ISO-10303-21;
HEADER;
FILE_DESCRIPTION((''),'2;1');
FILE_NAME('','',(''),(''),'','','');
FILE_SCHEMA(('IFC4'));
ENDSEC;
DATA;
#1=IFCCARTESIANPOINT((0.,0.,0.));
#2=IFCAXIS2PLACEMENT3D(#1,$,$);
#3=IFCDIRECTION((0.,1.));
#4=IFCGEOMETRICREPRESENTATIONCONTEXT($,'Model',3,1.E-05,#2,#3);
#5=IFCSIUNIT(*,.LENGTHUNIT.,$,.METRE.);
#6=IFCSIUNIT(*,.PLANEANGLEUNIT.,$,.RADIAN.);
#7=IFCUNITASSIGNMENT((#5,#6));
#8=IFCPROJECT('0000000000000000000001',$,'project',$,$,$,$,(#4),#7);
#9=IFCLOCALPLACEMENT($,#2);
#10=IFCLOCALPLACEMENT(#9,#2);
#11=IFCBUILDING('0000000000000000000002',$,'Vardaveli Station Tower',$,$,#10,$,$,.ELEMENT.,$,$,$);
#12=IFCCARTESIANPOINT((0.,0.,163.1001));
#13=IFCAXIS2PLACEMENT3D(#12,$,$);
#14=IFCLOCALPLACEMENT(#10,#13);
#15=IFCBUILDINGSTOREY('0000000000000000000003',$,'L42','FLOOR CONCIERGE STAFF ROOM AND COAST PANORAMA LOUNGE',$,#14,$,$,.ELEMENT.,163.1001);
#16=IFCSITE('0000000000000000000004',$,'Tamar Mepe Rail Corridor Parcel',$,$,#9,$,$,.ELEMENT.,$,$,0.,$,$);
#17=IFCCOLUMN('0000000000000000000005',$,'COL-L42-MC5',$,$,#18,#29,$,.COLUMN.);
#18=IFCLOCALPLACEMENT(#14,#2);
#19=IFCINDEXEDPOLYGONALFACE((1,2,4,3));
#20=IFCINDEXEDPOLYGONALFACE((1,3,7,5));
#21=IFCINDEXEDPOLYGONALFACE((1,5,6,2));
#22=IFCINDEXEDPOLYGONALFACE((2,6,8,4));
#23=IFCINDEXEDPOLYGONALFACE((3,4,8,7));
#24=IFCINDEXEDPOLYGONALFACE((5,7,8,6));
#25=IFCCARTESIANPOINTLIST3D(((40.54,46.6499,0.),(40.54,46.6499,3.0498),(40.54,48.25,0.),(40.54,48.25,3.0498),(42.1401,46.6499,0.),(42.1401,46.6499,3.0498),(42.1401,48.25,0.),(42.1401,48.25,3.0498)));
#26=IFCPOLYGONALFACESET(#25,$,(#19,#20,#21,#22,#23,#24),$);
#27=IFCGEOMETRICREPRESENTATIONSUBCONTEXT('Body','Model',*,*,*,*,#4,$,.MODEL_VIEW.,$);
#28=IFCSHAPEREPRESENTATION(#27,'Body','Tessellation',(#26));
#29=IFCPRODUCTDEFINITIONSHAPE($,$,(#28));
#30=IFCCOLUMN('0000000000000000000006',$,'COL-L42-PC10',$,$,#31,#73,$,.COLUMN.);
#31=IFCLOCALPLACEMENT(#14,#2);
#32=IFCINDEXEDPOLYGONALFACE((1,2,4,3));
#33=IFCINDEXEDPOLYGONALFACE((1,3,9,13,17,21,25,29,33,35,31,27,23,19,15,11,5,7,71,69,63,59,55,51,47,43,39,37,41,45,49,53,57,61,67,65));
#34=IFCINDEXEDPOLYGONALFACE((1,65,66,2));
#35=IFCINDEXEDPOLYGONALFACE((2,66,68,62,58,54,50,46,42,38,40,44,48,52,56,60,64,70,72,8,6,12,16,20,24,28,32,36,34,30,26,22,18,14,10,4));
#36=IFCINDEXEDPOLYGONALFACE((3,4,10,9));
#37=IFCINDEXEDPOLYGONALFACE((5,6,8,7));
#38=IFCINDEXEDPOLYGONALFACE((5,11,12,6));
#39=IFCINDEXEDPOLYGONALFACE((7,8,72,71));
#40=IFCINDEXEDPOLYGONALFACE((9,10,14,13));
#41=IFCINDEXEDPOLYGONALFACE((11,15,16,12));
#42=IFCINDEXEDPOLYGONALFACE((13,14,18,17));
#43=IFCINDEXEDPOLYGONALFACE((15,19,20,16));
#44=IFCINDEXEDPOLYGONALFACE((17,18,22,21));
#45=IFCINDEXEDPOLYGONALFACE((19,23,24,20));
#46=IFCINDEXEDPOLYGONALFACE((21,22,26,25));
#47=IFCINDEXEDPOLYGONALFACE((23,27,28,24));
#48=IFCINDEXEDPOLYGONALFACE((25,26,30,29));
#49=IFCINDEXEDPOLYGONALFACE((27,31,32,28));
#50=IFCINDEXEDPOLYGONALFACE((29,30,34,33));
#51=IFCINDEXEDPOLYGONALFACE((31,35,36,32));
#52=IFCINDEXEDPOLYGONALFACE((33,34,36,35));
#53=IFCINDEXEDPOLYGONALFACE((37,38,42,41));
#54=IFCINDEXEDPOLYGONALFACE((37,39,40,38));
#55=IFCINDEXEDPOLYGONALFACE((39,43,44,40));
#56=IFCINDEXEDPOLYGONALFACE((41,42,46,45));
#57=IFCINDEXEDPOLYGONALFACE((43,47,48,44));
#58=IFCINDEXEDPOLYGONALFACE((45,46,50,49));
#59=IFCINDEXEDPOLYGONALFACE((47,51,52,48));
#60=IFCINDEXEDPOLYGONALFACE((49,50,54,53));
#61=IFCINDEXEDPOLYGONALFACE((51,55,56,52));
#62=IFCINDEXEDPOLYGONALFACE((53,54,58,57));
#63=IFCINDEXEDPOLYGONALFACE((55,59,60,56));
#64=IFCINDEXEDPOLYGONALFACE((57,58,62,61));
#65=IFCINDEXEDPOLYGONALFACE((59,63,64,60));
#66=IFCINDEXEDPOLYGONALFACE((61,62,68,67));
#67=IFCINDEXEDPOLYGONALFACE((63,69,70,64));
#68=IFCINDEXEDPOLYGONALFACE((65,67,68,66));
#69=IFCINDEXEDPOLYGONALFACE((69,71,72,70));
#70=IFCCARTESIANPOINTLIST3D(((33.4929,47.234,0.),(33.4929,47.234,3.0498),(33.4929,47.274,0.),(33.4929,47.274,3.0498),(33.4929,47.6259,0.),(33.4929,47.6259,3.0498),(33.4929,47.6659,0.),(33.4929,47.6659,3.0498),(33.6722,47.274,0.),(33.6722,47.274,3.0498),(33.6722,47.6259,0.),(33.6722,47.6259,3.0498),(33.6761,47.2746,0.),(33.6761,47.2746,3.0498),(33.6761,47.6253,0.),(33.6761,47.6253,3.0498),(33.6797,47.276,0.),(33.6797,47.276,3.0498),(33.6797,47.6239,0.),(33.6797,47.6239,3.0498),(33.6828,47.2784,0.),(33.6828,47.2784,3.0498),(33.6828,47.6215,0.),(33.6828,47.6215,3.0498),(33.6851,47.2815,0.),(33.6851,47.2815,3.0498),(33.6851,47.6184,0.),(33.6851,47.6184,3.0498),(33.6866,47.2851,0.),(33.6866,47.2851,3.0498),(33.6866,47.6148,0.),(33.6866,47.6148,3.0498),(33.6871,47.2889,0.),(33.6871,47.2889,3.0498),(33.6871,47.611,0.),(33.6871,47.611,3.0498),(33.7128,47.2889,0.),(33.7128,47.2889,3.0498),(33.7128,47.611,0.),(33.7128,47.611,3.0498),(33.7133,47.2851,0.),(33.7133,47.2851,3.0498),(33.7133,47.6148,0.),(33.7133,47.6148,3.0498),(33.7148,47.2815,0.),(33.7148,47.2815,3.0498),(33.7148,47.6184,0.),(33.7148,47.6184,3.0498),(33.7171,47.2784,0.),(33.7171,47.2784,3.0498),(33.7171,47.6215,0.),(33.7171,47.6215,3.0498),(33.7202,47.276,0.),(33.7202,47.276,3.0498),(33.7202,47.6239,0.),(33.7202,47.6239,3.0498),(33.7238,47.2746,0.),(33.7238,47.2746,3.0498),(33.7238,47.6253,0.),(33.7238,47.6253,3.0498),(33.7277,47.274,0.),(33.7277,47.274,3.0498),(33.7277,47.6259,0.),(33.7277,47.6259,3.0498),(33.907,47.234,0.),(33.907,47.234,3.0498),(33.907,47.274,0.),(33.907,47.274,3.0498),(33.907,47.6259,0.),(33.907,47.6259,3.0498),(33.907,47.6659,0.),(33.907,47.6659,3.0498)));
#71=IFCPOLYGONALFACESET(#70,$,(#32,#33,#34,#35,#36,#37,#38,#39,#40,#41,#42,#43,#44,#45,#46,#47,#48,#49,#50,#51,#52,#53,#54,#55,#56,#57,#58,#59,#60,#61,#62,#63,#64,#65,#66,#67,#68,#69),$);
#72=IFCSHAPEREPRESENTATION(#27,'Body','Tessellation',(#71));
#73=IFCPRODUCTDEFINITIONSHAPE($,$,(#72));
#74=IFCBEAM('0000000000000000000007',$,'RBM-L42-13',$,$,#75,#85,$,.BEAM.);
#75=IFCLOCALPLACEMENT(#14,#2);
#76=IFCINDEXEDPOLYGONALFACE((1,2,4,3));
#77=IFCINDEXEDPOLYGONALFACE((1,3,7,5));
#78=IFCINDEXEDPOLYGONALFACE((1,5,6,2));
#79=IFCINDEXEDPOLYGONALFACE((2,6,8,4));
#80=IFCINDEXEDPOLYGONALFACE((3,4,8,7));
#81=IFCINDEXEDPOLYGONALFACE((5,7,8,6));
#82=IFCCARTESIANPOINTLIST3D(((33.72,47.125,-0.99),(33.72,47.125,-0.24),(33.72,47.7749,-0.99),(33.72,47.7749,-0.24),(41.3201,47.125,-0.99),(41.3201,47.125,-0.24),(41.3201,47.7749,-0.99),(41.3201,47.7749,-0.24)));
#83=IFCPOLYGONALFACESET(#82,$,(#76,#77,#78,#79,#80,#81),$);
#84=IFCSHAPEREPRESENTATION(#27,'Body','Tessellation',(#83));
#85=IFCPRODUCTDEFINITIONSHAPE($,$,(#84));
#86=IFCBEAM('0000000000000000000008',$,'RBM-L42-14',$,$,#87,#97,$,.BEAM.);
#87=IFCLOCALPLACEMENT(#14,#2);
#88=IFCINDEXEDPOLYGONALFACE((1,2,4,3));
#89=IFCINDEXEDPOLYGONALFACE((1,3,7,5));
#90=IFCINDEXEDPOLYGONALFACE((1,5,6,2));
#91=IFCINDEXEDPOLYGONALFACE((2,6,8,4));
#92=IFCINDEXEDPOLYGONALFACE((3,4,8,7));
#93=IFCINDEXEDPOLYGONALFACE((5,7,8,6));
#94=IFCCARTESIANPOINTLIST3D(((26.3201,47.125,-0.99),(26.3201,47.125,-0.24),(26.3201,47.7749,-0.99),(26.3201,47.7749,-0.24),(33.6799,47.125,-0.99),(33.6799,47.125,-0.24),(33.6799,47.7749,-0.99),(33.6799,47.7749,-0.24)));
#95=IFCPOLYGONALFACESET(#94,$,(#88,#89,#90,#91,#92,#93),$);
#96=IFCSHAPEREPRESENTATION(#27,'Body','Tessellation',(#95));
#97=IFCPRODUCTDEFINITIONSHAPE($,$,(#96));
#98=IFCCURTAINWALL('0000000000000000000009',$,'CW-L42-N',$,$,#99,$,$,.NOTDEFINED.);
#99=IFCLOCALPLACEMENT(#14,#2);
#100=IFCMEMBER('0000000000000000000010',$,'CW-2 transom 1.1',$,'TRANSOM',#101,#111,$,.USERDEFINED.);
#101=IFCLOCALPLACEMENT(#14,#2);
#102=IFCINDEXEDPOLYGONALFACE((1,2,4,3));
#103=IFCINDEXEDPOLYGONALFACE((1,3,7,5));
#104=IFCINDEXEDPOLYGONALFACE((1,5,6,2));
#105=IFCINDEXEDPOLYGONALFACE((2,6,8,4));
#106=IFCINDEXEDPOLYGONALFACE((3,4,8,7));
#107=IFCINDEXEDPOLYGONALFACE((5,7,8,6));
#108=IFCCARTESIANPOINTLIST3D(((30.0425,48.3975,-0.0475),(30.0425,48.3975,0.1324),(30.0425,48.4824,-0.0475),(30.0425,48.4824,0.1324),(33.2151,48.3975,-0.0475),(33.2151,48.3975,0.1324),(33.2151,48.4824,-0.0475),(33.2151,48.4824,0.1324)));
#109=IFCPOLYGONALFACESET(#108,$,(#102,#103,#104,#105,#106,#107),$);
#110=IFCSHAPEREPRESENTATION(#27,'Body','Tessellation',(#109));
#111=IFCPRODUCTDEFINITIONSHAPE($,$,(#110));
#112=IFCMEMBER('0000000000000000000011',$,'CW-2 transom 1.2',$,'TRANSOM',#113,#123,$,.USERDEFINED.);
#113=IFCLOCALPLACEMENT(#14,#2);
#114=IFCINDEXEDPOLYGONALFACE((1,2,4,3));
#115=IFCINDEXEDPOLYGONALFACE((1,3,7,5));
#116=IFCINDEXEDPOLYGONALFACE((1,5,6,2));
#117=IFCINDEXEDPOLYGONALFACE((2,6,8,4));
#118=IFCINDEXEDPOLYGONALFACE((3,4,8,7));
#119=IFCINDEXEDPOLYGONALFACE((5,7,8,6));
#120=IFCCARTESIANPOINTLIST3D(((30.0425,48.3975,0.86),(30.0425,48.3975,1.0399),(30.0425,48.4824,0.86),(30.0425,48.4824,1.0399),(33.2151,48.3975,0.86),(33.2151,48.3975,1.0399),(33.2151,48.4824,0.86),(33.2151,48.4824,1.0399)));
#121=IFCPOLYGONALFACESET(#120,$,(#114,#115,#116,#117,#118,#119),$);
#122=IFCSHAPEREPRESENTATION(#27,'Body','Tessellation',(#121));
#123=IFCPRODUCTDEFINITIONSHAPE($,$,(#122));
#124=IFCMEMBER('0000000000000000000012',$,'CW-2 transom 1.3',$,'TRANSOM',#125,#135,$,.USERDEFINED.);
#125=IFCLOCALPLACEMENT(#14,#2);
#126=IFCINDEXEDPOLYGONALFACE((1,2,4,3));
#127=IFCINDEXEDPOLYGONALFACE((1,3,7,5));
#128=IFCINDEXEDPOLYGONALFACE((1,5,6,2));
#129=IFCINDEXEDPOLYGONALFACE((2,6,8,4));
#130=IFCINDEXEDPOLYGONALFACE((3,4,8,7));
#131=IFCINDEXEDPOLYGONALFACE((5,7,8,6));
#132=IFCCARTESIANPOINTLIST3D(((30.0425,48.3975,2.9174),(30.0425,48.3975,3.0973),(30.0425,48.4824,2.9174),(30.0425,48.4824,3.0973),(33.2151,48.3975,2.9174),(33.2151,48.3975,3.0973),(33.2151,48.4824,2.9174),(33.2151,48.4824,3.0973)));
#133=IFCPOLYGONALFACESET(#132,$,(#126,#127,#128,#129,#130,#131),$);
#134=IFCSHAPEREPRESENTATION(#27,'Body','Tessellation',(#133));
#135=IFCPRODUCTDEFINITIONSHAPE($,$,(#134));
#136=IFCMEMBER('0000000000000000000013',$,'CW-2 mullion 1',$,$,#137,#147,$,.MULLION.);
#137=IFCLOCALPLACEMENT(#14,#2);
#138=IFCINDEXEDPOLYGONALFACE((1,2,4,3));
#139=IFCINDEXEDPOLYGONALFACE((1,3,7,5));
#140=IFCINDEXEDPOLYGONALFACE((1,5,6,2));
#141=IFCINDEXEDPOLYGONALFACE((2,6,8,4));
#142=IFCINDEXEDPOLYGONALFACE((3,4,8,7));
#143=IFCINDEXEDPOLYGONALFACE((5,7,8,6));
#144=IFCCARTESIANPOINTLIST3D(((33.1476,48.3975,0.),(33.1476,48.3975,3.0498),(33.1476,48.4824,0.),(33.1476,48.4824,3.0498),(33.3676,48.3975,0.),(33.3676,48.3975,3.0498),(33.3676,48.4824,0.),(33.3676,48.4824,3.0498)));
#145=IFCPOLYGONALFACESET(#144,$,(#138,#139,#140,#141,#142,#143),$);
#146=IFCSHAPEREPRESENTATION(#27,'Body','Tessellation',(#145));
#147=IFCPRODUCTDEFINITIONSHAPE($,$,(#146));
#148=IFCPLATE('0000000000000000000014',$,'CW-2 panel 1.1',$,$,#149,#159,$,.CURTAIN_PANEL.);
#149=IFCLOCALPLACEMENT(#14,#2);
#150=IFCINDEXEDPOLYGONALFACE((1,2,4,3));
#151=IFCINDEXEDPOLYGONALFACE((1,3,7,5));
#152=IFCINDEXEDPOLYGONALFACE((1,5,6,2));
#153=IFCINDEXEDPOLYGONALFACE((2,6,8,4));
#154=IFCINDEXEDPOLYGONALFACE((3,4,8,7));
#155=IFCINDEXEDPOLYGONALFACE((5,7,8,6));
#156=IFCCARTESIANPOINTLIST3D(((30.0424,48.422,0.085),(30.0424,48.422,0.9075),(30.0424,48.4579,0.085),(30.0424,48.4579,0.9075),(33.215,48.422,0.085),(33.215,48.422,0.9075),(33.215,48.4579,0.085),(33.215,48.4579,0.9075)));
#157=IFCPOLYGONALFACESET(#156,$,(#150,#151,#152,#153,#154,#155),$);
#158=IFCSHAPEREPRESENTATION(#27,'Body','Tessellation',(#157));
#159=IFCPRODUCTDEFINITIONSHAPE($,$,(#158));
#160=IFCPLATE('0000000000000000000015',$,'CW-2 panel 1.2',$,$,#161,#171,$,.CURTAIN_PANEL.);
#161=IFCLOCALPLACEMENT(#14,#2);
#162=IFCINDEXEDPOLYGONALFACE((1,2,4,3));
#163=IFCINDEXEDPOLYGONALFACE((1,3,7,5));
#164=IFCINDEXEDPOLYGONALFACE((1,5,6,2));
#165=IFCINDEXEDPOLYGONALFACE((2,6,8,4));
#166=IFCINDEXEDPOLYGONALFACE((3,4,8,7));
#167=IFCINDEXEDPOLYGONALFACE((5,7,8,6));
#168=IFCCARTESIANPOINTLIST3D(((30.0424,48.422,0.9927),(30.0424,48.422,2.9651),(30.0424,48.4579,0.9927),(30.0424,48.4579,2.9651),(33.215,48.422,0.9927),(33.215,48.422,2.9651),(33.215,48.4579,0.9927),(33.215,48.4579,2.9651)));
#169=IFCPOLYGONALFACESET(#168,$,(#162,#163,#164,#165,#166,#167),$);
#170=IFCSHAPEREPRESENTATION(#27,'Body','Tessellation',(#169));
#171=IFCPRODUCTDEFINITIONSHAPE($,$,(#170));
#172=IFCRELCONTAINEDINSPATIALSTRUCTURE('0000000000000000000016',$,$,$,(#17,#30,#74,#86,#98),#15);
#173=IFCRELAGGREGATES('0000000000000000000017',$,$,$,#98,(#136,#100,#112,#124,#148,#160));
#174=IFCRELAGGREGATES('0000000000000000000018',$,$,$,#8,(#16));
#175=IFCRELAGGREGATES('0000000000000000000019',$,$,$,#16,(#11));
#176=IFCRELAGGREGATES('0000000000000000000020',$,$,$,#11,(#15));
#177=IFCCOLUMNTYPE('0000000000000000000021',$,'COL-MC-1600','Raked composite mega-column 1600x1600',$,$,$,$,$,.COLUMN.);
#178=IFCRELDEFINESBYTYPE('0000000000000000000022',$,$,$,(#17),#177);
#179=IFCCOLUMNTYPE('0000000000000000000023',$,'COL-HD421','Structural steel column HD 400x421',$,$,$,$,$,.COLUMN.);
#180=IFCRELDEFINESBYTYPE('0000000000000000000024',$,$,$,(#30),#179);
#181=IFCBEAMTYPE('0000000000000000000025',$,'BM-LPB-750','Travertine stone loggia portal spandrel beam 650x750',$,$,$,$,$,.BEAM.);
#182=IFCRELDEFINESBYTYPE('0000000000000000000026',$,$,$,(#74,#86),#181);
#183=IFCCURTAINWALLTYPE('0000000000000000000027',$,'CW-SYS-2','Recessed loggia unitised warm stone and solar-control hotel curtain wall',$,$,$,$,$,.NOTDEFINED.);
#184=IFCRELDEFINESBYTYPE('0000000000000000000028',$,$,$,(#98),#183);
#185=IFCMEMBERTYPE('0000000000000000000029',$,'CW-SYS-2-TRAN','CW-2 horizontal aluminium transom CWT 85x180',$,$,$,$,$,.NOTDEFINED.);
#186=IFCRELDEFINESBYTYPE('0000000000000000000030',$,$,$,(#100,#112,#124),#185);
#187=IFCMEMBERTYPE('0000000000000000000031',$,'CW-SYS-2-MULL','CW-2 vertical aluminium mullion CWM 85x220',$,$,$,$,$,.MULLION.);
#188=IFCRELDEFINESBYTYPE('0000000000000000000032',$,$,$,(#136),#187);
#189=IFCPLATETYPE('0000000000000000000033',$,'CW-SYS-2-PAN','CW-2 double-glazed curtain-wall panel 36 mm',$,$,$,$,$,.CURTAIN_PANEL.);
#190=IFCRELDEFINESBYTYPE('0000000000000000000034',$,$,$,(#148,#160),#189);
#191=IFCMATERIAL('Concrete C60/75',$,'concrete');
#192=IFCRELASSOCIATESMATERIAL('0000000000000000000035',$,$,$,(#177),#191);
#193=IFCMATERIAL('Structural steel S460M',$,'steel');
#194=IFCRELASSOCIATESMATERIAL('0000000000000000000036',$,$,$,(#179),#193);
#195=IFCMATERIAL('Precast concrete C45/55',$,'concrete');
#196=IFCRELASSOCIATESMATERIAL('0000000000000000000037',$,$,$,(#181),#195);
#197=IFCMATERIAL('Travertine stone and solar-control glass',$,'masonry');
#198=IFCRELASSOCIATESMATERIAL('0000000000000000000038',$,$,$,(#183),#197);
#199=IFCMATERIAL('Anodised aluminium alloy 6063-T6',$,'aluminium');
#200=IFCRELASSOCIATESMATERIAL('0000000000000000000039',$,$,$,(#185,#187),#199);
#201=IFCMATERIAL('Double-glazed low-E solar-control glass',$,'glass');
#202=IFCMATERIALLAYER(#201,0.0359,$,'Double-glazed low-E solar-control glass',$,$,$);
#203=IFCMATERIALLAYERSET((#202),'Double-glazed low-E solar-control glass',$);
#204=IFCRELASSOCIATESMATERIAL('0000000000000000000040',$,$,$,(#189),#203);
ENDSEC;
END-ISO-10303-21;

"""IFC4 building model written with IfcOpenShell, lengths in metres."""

from ifc_helpers import new_model, si_unit, direction, frame, origin, origin_2d, place, context, subcontext, project, spatial, rectangle, i_section, extrude, source, transform, mapped, material, layer, layer_set, material_profile, profile_set, type_object, element, aggregate, save


model = new_model("IFC4")

# Units and contexts
model_context = context("Model", 3, precision=1e-05, world=origin(), true_north=direction((0.0, 1.0)))
body_context = subcontext(model_context, "Body", "Model", "MODEL_VIEW")
ifc_project = project(units=[si_unit("LENGTHUNIT", "METRE"), si_unit("PLANEANGLEUNIT", "RADIAN")], contexts=[model_context])

# Site, building, storey
site_placement = place(None, origin())
site = spatial("IfcSite", under=ifc_project, at=site_placement, Name="Tamar Mepe Rail Corridor Parcel", CompositionType="ELEMENT", RefElevation=0.0)
building_placement = place(site_placement, origin())
building = spatial("IfcBuilding", under=site, at=building_placement, Name="Vardaveli Station Tower", CompositionType="ELEMENT")
storey_placement = place(building_placement, frame((0.0, 0.0, 163.1001)))
storey = spatial("IfcBuildingStorey", under=building, at=storey_placement, Name="L42", Description="FLOOR CONCIERGE STAFF ROOM AND COAST PANORAMA LOUNGE", CompositionType="ELEMENT", Elevation=163.1001)

# Columns
ifc_material_1 = material(Name="Concrete C60/75", Category="concrete")
ifc_material_profile_1 = material_profile(ifc_material_1, rectangle(XDim=1.6001, YDim=1.6001, at=origin_2d()), Name="MC 1600x1600")
ifc_profile_set_1 = profile_set([ifc_material_profile_1], Name="Concrete C60/75")
column_type_1 = type_object("IfcColumnType", Name="COL-MC-1600", Description="Raked composite mega-column 1600x1600", PredefinedType="COLUMN", material=ifc_profile_set_1)
shared_shape_1 = source(origin(), body_context, "Body", "SweptSolid", [
    extrude(rectangle(XDim=1.6001, YDim=1.6001, at=origin_2d()), origin(), (0.0, 0.0, 1.0), 3.0498),
])
column_1_placement = place(storey_placement, frame((41.3401, 47.45, 0.0), z_axis=(0.0, 0.0, 1.0), x_axis=(1.0, 0.0, 0.0)))
element("IfcColumn", 1, at=column_1_placement, inside=storey, type_object=column_type_1, Name="COL-L42-MC5", PredefinedType="COLUMN", context=body_context, shape_type="MappedRepresentation", body=[
    mapped(shared_shape_1, transform((0.0, 0.0, 0.0), scale=1.0)),
])
ifc_material_2 = material(Name="Structural steel S460M", Category="steel")
ifc_material_profile_2 = material_profile(ifc_material_2, i_section(OverallWidth=0.4141, OverallDepth=0.4319, WebThickness=0.0256, FlangeThickness=0.04, FilletRadius=0.0149, at=origin_2d()), Name="HD 400x421")
ifc_profile_set_2 = profile_set([ifc_material_profile_2], Name="Structural steel S460M")
column_type_2 = type_object("IfcColumnType", Name="COL-HD421", Description="Structural steel column HD 400x421", PredefinedType="COLUMN", material=ifc_profile_set_2)
shared_shape_2 = source(origin(), body_context, "Body", "SweptSolid", [
    extrude(i_section(OverallWidth=0.4141, OverallDepth=0.4319, WebThickness=0.0256, FlangeThickness=0.04, FilletRadius=0.0149, at=origin_2d()), origin(), (0.0, 0.0, 1.0), 3.0498),
])
column_2_placement = place(storey_placement, frame((33.7, 47.45, 0.0), z_axis=(0.0, 0.0, 1.0), x_axis=(1.0, 0.0, 0.0)))
element("IfcColumn", 2, at=column_2_placement, inside=storey, type_object=column_type_2, Name="COL-L42-PC10", PredefinedType="COLUMN", context=body_context, shape_type="MappedRepresentation", body=[
    mapped(shared_shape_2, transform((0.0, 0.0, 0.0), scale=1.0)),
])

# Beams
ifc_material_3 = material(Name="Precast concrete C45/55", Category="concrete")
ifc_material_profile_3 = material_profile(ifc_material_3, rectangle(XDim=0.6499, YDim=0.75, at=origin_2d()), Name="LPB 650x750")
ifc_profile_set_3 = profile_set([ifc_material_profile_3], Name="Precast concrete C45/55")
beam_type = type_object("IfcBeamType", Name="BM-LPB-750", Description="Travertine stone loggia portal spandrel beam 650x750", PredefinedType="BEAM", material=ifc_profile_set_3)
shared_shape_3 = source(origin(), body_context, "Body", "SweptSolid", [
    extrude(rectangle(XDim=0.6499, YDim=0.75, at=origin_2d()), origin(), (0.0, 0.0, 1.0), 7.6001),
])
beam_1_placement = place(storey_placement, frame((41.3201, 47.45, -0.615), z_axis=(-1.0, 0.0, 0.0), x_axis=(0.0, -1.0, 0.0)))
element("IfcBeam", 3, at=beam_1_placement, inside=storey, type_object=beam_type, Name="RBM-L42-13", PredefinedType="BEAM", context=body_context, shape_type="MappedRepresentation", body=[
    mapped(shared_shape_3, transform((0.0, 0.0, 0.0), scale=1.0)),
])
shared_shape_4 = source(origin(), body_context, "Body", "SweptSolid", [
    extrude(rectangle(XDim=0.6499, YDim=0.75, at=origin_2d()), origin(), (0.0, 0.0, 1.0), 7.3599),
])
beam_2_placement = place(storey_placement, frame((33.6799, 47.45, -0.615), z_axis=(-1.0, 0.0, 0.0), x_axis=(0.0, -1.0, 0.0)))
element("IfcBeam", 4, at=beam_2_placement, inside=storey, type_object=beam_type, Name="RBM-L42-14", PredefinedType="BEAM", context=body_context, shape_type="MappedRepresentation", body=[
    mapped(shared_shape_4, transform((0.0, 0.0, 0.0), scale=1.0)),
])

# Curtain wall, members, plates
ifc_material_4 = material(Name="Travertine stone and solar-control glass", Category="masonry")
curtain_wall_type = type_object("IfcCurtainWallType", Name="CW-SYS-2", Description="Recessed loggia unitised warm stone and solar-control hotel curtain wall", PredefinedType="NOTDEFINED", material=ifc_material_4)
curtain_wall_placement = place(storey_placement, origin())
curtain_wall = element("IfcCurtainWall", 5, at=curtain_wall_placement, inside=storey, type_object=curtain_wall_type, Name="CW-L42-N", PredefinedType="NOTDEFINED")
ifc_material_5 = material(Name="Anodised aluminium alloy 6063-T6", Category="aluminium")
ifc_material_profile_4 = material_profile(ifc_material_5, rectangle(XDim=0.085, YDim=0.1799, at=origin_2d()), Name="CWT 85x180")
ifc_profile_set_4 = profile_set([ifc_material_profile_4], Name="Anodised aluminium alloy 6063-T6")
member_type_1 = type_object("IfcMemberType", Name="CW-SYS-2-TRAN", Description="CW-2 horizontal aluminium transom CWT 85x180", PredefinedType="NOTDEFINED", material=ifc_profile_set_4)
shared_shape_5 = source(origin(), body_context, "Body", "SweptSolid", [
    extrude(rectangle(XDim=0.085, YDim=0.1799, at=origin_2d()), origin(), (0.0, 0.0, 1.0), 3.1726),
])
member_1_placement = place(storey_placement, frame((33.2151, 48.4399, 0.0425), z_axis=(-1.0, 0.0, 0.0), x_axis=(0.0, -1.0, 0.0)))
member_1 = element("IfcMember", 6, at=member_1_placement, type_object=member_type_1, Name="CW-2 transom 1.1", ObjectType="TRANSOM", PredefinedType="USERDEFINED", context=body_context, shape_type="MappedRepresentation", body=[
    mapped(shared_shape_5, transform((0.0, 0.0, 0.0), scale=1.0)),
])
member_2_placement = place(storey_placement, frame((33.2151, 48.4399, 0.95), z_axis=(-1.0, 0.0, 0.0), x_axis=(0.0, -1.0, 0.0)))
member_2 = element("IfcMember", 7, at=member_2_placement, type_object=member_type_1, Name="CW-2 transom 1.2", ObjectType="TRANSOM", PredefinedType="USERDEFINED", context=body_context, shape_type="MappedRepresentation", body=[
    mapped(shared_shape_5, transform((0.0, 0.0, 0.0), scale=1.0)),
])
member_3_placement = place(storey_placement, frame((33.2151, 48.4399, 3.0073), z_axis=(-1.0, 0.0, 0.0), x_axis=(0.0, -1.0, 0.0)))
member_3 = element("IfcMember", 8, at=member_3_placement, type_object=member_type_1, Name="CW-2 transom 1.3", ObjectType="TRANSOM", PredefinedType="USERDEFINED", context=body_context, shape_type="MappedRepresentation", body=[
    mapped(shared_shape_5, transform((0.0, 0.0, 0.0), scale=1.0)),
])
ifc_material_profile_5 = material_profile(ifc_material_5, rectangle(XDim=0.085, YDim=0.22, at=origin_2d()), Name="CWM 85x220")
ifc_profile_set_5 = profile_set([ifc_material_profile_5], Name="Anodised aluminium alloy 6063-T6")
member_type_2 = type_object("IfcMemberType", Name="CW-SYS-2-MULL", Description="CW-2 vertical aluminium mullion CWM 85x220", PredefinedType="MULLION", material=ifc_profile_set_5)
shared_shape_6 = source(origin(), body_context, "Body", "SweptSolid", [
    extrude(rectangle(XDim=0.085, YDim=0.22, at=origin_2d()), origin(), (0.0, 0.0, 1.0), 3.0498),
])
member_4_placement = place(storey_placement, frame((33.2576, 48.4399, 0.0), z_axis=(0.0, 0.0, 1.0), x_axis=(0.0, -1.0, 0.0)))
member_4 = element("IfcMember", 9, at=member_4_placement, type_object=member_type_2, Name="CW-2 mullion 1", PredefinedType="MULLION", context=body_context, shape_type="MappedRepresentation", body=[
    mapped(shared_shape_6, transform((0.0, 0.0, 0.0), scale=1.0)),
])
ifc_material_6 = material(Name="Double-glazed low-E solar-control glass", Category="glass")
ifc_layer_1 = layer(ifc_material_6, 0.0359, Name="Double-glazed low-E solar-control glass")
ifc_layer_set_1 = layer_set([ifc_layer_1], Name="Double-glazed low-E solar-control glass")
plate_type = type_object("IfcPlateType", Name="CW-SYS-2-PAN", Description="CW-2 double-glazed curtain-wall panel 36 mm", PredefinedType="CURTAIN_PANEL", material=ifc_layer_set_1)
shared_shape_7 = source(origin(), body_context, "Body", "SweptSolid", [
    extrude(rectangle(XDim=3.1726, YDim=0.0359, at=origin_2d()), origin(), (0.0, 0.0, 1.0), 0.8225),
])
plate_1_placement = place(storey_placement, frame((31.6287, 48.4399, 0.085), z_axis=(0.0, 0.0, 1.0), x_axis=(-1.0, 0.0, 0.0)))
plate_1 = element("IfcPlate", 10, at=plate_1_placement, type_object=plate_type, Name="CW-2 panel 1.1", PredefinedType="CURTAIN_PANEL", context=body_context, shape_type="MappedRepresentation", body=[
    mapped(shared_shape_7, transform((0.0, 0.0, 0.0), scale=1.0)),
])
shared_shape_8 = source(origin(), body_context, "Body", "SweptSolid", [
    extrude(rectangle(XDim=3.1726, YDim=0.0359, at=origin_2d()), origin(), (0.0, 0.0, 1.0), 1.9724),
])
plate_2_placement = place(storey_placement, frame((31.6287, 48.4399, 0.9927), z_axis=(0.0, 0.0, 1.0), x_axis=(-1.0, 0.0, 0.0)))
plate_2 = element("IfcPlate", 11, at=plate_2_placement, type_object=plate_type, Name="CW-2 panel 1.2", PredefinedType="CURTAIN_PANEL", context=body_context, shape_type="MappedRepresentation", body=[
    mapped(shared_shape_8, transform((0.0, 0.0, 0.0), scale=1.0)),
])
aggregate(curtain_wall, [member_4, member_1, member_2, member_3, plate_1, plate_2])

save(model, "model.ifc")
